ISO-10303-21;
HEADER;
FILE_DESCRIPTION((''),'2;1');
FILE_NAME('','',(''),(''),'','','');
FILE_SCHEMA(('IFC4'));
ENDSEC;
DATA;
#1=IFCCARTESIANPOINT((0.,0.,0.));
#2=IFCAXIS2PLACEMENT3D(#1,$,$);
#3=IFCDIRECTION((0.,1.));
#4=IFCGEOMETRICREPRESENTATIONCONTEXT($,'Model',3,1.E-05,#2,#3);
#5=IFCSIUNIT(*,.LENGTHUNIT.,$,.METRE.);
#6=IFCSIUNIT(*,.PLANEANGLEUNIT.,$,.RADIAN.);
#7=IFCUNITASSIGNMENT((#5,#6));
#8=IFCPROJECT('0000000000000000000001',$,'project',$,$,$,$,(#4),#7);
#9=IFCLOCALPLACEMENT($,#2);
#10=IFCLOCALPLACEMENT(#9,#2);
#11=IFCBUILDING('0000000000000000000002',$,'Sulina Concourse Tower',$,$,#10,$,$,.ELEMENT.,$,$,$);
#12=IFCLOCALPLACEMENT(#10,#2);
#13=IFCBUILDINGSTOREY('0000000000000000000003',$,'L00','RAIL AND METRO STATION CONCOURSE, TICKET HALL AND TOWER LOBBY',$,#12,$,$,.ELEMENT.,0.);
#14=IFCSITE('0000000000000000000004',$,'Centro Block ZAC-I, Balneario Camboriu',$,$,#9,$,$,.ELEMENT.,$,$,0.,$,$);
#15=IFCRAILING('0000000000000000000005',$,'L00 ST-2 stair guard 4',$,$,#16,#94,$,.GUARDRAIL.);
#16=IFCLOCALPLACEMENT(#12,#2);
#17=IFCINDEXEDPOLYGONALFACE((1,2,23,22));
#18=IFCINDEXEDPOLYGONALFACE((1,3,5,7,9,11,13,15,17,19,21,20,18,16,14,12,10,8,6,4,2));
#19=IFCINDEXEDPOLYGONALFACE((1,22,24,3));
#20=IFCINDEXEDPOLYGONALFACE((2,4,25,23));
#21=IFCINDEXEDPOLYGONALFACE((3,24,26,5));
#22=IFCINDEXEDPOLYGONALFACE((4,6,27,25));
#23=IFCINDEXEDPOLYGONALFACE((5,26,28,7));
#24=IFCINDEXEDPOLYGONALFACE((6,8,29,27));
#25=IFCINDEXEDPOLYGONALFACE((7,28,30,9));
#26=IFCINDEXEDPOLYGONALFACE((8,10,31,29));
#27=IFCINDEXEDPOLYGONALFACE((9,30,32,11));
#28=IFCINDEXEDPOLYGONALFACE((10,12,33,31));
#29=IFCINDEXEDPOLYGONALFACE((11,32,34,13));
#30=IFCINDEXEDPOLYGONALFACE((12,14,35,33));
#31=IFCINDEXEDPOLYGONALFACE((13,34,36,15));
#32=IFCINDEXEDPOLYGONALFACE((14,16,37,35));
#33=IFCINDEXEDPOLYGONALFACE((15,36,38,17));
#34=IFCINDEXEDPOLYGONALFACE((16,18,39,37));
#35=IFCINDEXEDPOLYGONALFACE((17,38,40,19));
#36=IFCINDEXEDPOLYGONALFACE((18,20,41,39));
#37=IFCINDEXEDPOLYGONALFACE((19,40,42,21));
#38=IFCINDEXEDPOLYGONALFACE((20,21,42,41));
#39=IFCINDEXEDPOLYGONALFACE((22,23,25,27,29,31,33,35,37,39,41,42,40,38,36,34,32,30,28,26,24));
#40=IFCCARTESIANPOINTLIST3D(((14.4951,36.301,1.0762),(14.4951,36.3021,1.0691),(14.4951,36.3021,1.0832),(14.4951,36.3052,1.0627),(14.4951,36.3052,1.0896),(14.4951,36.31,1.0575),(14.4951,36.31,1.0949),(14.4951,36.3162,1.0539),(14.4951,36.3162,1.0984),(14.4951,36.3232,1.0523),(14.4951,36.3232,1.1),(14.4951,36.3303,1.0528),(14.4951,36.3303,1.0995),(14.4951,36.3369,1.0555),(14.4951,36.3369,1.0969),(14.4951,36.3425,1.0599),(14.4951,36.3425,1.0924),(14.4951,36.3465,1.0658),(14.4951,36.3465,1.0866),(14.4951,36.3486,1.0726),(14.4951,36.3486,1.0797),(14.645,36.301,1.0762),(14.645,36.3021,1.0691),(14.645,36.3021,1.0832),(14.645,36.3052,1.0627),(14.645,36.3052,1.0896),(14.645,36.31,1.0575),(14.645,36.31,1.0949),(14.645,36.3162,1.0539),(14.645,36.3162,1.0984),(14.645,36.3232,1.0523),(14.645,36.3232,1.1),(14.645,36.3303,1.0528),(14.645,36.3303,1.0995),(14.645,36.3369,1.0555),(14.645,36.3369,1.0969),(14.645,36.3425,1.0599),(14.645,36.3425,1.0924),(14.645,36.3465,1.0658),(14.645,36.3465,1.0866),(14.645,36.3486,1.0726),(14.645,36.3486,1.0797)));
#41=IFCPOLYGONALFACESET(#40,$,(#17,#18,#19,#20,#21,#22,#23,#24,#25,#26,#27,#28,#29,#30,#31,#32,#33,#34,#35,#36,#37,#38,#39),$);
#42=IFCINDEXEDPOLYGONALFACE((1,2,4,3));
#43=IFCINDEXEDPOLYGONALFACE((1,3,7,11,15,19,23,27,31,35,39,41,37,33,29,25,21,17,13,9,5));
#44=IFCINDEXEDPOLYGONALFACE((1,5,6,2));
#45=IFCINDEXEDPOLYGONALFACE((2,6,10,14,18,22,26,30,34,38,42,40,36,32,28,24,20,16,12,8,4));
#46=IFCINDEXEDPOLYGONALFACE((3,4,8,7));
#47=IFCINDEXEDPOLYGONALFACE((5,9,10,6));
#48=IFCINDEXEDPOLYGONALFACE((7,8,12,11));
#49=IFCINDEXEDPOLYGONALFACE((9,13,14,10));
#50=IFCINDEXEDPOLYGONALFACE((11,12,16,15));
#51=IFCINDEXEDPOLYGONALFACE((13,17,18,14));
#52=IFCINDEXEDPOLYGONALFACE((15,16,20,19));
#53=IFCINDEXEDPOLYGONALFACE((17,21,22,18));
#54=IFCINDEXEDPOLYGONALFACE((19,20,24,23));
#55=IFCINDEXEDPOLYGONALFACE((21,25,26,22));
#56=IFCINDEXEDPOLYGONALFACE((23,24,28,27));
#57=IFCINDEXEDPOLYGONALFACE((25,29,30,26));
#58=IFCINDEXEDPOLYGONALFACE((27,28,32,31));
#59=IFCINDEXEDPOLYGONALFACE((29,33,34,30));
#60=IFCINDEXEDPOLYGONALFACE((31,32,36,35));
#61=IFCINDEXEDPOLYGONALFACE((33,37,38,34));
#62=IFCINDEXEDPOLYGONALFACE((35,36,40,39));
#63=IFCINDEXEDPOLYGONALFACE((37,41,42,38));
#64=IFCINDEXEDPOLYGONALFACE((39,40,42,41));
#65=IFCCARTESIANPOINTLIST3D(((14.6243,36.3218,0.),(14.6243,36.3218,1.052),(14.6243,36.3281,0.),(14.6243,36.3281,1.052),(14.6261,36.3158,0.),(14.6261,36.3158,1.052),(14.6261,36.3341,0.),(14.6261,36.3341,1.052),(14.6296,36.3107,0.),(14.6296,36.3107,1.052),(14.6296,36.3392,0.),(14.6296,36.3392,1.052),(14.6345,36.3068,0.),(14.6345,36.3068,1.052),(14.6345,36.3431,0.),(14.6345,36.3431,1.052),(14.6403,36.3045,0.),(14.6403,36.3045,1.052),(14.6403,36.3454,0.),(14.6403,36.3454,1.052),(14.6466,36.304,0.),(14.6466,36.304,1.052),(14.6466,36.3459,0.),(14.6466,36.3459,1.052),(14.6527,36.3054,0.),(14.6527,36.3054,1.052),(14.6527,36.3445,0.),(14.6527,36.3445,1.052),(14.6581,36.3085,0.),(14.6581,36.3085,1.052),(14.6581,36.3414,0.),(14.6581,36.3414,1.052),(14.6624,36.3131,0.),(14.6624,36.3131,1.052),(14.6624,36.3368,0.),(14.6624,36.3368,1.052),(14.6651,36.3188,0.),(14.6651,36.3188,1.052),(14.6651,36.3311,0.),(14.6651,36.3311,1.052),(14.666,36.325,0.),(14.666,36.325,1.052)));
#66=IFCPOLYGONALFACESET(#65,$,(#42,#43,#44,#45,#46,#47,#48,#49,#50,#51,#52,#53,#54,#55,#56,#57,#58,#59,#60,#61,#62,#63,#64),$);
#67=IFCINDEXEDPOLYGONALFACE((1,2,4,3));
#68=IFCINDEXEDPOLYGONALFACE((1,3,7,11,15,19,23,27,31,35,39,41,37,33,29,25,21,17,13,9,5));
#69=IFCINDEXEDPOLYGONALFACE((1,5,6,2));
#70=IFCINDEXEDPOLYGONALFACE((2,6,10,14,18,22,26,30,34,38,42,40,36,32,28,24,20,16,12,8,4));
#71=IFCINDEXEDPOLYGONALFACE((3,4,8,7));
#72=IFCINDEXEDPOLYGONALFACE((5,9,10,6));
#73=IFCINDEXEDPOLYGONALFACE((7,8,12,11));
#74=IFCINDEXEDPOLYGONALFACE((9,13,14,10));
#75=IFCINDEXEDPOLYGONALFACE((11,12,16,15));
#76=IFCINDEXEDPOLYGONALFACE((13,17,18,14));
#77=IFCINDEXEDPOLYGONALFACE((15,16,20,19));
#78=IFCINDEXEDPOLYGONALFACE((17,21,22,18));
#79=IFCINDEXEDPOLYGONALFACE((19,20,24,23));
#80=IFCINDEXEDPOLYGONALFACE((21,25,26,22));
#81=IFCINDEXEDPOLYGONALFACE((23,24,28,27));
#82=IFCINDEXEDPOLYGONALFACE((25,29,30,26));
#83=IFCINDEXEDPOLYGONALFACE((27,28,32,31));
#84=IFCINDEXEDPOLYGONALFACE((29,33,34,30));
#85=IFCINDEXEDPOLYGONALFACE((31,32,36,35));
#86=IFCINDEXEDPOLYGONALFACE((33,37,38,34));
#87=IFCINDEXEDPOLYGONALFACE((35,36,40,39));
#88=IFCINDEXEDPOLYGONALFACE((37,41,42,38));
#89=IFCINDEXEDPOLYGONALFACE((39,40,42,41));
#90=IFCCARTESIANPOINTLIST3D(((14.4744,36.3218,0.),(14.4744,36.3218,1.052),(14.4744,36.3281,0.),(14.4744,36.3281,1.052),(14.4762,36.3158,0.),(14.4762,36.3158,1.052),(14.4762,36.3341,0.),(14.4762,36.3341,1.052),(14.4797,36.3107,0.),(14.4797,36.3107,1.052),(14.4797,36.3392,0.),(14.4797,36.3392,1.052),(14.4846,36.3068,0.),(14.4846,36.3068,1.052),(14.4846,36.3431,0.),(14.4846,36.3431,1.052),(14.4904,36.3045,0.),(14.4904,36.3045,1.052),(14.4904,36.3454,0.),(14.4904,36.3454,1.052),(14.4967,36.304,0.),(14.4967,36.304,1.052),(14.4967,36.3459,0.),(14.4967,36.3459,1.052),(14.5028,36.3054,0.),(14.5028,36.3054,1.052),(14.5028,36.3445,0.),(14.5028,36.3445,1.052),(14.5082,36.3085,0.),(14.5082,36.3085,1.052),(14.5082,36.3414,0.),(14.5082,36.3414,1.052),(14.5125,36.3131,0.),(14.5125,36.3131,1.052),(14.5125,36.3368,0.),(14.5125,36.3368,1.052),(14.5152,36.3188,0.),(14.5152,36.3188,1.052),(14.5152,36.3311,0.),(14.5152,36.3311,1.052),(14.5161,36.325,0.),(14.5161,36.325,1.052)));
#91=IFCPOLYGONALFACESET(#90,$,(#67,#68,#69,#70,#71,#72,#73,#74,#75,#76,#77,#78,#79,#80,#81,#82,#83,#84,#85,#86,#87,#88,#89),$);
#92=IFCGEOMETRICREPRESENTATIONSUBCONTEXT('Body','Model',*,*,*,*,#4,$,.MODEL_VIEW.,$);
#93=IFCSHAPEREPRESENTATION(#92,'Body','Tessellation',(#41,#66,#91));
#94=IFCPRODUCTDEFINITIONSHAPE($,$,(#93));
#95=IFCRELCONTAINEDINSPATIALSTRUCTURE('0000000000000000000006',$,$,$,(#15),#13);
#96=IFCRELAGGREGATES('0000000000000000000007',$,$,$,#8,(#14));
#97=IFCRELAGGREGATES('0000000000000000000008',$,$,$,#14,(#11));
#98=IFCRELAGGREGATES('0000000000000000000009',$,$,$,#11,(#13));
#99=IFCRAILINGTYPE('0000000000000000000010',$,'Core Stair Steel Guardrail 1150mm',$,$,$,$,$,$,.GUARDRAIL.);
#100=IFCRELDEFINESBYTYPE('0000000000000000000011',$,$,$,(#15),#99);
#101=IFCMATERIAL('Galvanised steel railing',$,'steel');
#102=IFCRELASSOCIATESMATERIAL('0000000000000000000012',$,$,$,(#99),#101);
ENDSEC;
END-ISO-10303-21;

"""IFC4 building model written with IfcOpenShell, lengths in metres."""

from ifc_helpers import new_model, si_unit, direction, frame, origin, origin_2d, place, context, subcontext, project, spatial, circle, extrude, material, type_object, element, save


model = new_model("IFC4")

# Units and contexts
model_context = context("Model", 3, precision=1e-05, world=origin(), true_north=direction((0.0, 1.0)))
body_context = subcontext(model_context, "Body", "Model", "MODEL_VIEW")
ifc_project = project(units=[si_unit("LENGTHUNIT", "METRE"), si_unit("PLANEANGLEUNIT", "RADIAN")], contexts=[model_context])

# Site, building, storey
site_placement = place(None, origin())
site = spatial("IfcSite", under=ifc_project, at=site_placement, Name="Centro Block ZAC-I, Balneario Camboriu", CompositionType="ELEMENT", RefElevation=0.0)
building_placement = place(site_placement, origin())
building = spatial("IfcBuilding", under=site, at=building_placement, Name="Sulina Concourse Tower", CompositionType="ELEMENT")
storey_placement = place(building_placement, origin())
storey = spatial("IfcBuildingStorey", under=building, at=storey_placement, Name="L00", Description="RAIL AND METRO STATION CONCOURSE, TICKET HALL AND TOWER LOBBY", CompositionType="ELEMENT", Elevation=0.0)

# Railing
ifc_material_1 = material(Name="Galvanised steel railing", Category="steel")
railing_type_1 = type_object("IfcRailingType", Name="Core Stair Steel Guardrail 1150mm", PredefinedType="GUARDRAIL", material=ifc_material_1)
railing_1_placement = place(storey_placement, frame((14.645, 36.325, 0.0)))
element("IfcRailing", 1, at=railing_1_placement, inside=storey, type_object=railing_type_1, Name="L00 ST-2 stair guard 4", PredefinedType="GUARDRAIL", context=body_context, shape_type="SweptSolid", body=[
    extrude(circle(Radius=0.0239, at=origin_2d()), frame((0.0, 0.0, 1.0762), z_axis=(-1.0, 0.0, 0.0), x_axis=(0.0, -1.0, 0.0)), (0.0, 0.0, 1.0), 0.1499),
    extrude(circle(Radius=0.021, at=origin_2d()), origin(), (0.0, 0.0, 1.0), 1.052),
    extrude(circle(Radius=0.021, at=origin_2d()), frame((-0.1499, 0.0, 0.0)), (0.0, 0.0, 1.0), 1.052),
])

save(model, "model.ifc")
